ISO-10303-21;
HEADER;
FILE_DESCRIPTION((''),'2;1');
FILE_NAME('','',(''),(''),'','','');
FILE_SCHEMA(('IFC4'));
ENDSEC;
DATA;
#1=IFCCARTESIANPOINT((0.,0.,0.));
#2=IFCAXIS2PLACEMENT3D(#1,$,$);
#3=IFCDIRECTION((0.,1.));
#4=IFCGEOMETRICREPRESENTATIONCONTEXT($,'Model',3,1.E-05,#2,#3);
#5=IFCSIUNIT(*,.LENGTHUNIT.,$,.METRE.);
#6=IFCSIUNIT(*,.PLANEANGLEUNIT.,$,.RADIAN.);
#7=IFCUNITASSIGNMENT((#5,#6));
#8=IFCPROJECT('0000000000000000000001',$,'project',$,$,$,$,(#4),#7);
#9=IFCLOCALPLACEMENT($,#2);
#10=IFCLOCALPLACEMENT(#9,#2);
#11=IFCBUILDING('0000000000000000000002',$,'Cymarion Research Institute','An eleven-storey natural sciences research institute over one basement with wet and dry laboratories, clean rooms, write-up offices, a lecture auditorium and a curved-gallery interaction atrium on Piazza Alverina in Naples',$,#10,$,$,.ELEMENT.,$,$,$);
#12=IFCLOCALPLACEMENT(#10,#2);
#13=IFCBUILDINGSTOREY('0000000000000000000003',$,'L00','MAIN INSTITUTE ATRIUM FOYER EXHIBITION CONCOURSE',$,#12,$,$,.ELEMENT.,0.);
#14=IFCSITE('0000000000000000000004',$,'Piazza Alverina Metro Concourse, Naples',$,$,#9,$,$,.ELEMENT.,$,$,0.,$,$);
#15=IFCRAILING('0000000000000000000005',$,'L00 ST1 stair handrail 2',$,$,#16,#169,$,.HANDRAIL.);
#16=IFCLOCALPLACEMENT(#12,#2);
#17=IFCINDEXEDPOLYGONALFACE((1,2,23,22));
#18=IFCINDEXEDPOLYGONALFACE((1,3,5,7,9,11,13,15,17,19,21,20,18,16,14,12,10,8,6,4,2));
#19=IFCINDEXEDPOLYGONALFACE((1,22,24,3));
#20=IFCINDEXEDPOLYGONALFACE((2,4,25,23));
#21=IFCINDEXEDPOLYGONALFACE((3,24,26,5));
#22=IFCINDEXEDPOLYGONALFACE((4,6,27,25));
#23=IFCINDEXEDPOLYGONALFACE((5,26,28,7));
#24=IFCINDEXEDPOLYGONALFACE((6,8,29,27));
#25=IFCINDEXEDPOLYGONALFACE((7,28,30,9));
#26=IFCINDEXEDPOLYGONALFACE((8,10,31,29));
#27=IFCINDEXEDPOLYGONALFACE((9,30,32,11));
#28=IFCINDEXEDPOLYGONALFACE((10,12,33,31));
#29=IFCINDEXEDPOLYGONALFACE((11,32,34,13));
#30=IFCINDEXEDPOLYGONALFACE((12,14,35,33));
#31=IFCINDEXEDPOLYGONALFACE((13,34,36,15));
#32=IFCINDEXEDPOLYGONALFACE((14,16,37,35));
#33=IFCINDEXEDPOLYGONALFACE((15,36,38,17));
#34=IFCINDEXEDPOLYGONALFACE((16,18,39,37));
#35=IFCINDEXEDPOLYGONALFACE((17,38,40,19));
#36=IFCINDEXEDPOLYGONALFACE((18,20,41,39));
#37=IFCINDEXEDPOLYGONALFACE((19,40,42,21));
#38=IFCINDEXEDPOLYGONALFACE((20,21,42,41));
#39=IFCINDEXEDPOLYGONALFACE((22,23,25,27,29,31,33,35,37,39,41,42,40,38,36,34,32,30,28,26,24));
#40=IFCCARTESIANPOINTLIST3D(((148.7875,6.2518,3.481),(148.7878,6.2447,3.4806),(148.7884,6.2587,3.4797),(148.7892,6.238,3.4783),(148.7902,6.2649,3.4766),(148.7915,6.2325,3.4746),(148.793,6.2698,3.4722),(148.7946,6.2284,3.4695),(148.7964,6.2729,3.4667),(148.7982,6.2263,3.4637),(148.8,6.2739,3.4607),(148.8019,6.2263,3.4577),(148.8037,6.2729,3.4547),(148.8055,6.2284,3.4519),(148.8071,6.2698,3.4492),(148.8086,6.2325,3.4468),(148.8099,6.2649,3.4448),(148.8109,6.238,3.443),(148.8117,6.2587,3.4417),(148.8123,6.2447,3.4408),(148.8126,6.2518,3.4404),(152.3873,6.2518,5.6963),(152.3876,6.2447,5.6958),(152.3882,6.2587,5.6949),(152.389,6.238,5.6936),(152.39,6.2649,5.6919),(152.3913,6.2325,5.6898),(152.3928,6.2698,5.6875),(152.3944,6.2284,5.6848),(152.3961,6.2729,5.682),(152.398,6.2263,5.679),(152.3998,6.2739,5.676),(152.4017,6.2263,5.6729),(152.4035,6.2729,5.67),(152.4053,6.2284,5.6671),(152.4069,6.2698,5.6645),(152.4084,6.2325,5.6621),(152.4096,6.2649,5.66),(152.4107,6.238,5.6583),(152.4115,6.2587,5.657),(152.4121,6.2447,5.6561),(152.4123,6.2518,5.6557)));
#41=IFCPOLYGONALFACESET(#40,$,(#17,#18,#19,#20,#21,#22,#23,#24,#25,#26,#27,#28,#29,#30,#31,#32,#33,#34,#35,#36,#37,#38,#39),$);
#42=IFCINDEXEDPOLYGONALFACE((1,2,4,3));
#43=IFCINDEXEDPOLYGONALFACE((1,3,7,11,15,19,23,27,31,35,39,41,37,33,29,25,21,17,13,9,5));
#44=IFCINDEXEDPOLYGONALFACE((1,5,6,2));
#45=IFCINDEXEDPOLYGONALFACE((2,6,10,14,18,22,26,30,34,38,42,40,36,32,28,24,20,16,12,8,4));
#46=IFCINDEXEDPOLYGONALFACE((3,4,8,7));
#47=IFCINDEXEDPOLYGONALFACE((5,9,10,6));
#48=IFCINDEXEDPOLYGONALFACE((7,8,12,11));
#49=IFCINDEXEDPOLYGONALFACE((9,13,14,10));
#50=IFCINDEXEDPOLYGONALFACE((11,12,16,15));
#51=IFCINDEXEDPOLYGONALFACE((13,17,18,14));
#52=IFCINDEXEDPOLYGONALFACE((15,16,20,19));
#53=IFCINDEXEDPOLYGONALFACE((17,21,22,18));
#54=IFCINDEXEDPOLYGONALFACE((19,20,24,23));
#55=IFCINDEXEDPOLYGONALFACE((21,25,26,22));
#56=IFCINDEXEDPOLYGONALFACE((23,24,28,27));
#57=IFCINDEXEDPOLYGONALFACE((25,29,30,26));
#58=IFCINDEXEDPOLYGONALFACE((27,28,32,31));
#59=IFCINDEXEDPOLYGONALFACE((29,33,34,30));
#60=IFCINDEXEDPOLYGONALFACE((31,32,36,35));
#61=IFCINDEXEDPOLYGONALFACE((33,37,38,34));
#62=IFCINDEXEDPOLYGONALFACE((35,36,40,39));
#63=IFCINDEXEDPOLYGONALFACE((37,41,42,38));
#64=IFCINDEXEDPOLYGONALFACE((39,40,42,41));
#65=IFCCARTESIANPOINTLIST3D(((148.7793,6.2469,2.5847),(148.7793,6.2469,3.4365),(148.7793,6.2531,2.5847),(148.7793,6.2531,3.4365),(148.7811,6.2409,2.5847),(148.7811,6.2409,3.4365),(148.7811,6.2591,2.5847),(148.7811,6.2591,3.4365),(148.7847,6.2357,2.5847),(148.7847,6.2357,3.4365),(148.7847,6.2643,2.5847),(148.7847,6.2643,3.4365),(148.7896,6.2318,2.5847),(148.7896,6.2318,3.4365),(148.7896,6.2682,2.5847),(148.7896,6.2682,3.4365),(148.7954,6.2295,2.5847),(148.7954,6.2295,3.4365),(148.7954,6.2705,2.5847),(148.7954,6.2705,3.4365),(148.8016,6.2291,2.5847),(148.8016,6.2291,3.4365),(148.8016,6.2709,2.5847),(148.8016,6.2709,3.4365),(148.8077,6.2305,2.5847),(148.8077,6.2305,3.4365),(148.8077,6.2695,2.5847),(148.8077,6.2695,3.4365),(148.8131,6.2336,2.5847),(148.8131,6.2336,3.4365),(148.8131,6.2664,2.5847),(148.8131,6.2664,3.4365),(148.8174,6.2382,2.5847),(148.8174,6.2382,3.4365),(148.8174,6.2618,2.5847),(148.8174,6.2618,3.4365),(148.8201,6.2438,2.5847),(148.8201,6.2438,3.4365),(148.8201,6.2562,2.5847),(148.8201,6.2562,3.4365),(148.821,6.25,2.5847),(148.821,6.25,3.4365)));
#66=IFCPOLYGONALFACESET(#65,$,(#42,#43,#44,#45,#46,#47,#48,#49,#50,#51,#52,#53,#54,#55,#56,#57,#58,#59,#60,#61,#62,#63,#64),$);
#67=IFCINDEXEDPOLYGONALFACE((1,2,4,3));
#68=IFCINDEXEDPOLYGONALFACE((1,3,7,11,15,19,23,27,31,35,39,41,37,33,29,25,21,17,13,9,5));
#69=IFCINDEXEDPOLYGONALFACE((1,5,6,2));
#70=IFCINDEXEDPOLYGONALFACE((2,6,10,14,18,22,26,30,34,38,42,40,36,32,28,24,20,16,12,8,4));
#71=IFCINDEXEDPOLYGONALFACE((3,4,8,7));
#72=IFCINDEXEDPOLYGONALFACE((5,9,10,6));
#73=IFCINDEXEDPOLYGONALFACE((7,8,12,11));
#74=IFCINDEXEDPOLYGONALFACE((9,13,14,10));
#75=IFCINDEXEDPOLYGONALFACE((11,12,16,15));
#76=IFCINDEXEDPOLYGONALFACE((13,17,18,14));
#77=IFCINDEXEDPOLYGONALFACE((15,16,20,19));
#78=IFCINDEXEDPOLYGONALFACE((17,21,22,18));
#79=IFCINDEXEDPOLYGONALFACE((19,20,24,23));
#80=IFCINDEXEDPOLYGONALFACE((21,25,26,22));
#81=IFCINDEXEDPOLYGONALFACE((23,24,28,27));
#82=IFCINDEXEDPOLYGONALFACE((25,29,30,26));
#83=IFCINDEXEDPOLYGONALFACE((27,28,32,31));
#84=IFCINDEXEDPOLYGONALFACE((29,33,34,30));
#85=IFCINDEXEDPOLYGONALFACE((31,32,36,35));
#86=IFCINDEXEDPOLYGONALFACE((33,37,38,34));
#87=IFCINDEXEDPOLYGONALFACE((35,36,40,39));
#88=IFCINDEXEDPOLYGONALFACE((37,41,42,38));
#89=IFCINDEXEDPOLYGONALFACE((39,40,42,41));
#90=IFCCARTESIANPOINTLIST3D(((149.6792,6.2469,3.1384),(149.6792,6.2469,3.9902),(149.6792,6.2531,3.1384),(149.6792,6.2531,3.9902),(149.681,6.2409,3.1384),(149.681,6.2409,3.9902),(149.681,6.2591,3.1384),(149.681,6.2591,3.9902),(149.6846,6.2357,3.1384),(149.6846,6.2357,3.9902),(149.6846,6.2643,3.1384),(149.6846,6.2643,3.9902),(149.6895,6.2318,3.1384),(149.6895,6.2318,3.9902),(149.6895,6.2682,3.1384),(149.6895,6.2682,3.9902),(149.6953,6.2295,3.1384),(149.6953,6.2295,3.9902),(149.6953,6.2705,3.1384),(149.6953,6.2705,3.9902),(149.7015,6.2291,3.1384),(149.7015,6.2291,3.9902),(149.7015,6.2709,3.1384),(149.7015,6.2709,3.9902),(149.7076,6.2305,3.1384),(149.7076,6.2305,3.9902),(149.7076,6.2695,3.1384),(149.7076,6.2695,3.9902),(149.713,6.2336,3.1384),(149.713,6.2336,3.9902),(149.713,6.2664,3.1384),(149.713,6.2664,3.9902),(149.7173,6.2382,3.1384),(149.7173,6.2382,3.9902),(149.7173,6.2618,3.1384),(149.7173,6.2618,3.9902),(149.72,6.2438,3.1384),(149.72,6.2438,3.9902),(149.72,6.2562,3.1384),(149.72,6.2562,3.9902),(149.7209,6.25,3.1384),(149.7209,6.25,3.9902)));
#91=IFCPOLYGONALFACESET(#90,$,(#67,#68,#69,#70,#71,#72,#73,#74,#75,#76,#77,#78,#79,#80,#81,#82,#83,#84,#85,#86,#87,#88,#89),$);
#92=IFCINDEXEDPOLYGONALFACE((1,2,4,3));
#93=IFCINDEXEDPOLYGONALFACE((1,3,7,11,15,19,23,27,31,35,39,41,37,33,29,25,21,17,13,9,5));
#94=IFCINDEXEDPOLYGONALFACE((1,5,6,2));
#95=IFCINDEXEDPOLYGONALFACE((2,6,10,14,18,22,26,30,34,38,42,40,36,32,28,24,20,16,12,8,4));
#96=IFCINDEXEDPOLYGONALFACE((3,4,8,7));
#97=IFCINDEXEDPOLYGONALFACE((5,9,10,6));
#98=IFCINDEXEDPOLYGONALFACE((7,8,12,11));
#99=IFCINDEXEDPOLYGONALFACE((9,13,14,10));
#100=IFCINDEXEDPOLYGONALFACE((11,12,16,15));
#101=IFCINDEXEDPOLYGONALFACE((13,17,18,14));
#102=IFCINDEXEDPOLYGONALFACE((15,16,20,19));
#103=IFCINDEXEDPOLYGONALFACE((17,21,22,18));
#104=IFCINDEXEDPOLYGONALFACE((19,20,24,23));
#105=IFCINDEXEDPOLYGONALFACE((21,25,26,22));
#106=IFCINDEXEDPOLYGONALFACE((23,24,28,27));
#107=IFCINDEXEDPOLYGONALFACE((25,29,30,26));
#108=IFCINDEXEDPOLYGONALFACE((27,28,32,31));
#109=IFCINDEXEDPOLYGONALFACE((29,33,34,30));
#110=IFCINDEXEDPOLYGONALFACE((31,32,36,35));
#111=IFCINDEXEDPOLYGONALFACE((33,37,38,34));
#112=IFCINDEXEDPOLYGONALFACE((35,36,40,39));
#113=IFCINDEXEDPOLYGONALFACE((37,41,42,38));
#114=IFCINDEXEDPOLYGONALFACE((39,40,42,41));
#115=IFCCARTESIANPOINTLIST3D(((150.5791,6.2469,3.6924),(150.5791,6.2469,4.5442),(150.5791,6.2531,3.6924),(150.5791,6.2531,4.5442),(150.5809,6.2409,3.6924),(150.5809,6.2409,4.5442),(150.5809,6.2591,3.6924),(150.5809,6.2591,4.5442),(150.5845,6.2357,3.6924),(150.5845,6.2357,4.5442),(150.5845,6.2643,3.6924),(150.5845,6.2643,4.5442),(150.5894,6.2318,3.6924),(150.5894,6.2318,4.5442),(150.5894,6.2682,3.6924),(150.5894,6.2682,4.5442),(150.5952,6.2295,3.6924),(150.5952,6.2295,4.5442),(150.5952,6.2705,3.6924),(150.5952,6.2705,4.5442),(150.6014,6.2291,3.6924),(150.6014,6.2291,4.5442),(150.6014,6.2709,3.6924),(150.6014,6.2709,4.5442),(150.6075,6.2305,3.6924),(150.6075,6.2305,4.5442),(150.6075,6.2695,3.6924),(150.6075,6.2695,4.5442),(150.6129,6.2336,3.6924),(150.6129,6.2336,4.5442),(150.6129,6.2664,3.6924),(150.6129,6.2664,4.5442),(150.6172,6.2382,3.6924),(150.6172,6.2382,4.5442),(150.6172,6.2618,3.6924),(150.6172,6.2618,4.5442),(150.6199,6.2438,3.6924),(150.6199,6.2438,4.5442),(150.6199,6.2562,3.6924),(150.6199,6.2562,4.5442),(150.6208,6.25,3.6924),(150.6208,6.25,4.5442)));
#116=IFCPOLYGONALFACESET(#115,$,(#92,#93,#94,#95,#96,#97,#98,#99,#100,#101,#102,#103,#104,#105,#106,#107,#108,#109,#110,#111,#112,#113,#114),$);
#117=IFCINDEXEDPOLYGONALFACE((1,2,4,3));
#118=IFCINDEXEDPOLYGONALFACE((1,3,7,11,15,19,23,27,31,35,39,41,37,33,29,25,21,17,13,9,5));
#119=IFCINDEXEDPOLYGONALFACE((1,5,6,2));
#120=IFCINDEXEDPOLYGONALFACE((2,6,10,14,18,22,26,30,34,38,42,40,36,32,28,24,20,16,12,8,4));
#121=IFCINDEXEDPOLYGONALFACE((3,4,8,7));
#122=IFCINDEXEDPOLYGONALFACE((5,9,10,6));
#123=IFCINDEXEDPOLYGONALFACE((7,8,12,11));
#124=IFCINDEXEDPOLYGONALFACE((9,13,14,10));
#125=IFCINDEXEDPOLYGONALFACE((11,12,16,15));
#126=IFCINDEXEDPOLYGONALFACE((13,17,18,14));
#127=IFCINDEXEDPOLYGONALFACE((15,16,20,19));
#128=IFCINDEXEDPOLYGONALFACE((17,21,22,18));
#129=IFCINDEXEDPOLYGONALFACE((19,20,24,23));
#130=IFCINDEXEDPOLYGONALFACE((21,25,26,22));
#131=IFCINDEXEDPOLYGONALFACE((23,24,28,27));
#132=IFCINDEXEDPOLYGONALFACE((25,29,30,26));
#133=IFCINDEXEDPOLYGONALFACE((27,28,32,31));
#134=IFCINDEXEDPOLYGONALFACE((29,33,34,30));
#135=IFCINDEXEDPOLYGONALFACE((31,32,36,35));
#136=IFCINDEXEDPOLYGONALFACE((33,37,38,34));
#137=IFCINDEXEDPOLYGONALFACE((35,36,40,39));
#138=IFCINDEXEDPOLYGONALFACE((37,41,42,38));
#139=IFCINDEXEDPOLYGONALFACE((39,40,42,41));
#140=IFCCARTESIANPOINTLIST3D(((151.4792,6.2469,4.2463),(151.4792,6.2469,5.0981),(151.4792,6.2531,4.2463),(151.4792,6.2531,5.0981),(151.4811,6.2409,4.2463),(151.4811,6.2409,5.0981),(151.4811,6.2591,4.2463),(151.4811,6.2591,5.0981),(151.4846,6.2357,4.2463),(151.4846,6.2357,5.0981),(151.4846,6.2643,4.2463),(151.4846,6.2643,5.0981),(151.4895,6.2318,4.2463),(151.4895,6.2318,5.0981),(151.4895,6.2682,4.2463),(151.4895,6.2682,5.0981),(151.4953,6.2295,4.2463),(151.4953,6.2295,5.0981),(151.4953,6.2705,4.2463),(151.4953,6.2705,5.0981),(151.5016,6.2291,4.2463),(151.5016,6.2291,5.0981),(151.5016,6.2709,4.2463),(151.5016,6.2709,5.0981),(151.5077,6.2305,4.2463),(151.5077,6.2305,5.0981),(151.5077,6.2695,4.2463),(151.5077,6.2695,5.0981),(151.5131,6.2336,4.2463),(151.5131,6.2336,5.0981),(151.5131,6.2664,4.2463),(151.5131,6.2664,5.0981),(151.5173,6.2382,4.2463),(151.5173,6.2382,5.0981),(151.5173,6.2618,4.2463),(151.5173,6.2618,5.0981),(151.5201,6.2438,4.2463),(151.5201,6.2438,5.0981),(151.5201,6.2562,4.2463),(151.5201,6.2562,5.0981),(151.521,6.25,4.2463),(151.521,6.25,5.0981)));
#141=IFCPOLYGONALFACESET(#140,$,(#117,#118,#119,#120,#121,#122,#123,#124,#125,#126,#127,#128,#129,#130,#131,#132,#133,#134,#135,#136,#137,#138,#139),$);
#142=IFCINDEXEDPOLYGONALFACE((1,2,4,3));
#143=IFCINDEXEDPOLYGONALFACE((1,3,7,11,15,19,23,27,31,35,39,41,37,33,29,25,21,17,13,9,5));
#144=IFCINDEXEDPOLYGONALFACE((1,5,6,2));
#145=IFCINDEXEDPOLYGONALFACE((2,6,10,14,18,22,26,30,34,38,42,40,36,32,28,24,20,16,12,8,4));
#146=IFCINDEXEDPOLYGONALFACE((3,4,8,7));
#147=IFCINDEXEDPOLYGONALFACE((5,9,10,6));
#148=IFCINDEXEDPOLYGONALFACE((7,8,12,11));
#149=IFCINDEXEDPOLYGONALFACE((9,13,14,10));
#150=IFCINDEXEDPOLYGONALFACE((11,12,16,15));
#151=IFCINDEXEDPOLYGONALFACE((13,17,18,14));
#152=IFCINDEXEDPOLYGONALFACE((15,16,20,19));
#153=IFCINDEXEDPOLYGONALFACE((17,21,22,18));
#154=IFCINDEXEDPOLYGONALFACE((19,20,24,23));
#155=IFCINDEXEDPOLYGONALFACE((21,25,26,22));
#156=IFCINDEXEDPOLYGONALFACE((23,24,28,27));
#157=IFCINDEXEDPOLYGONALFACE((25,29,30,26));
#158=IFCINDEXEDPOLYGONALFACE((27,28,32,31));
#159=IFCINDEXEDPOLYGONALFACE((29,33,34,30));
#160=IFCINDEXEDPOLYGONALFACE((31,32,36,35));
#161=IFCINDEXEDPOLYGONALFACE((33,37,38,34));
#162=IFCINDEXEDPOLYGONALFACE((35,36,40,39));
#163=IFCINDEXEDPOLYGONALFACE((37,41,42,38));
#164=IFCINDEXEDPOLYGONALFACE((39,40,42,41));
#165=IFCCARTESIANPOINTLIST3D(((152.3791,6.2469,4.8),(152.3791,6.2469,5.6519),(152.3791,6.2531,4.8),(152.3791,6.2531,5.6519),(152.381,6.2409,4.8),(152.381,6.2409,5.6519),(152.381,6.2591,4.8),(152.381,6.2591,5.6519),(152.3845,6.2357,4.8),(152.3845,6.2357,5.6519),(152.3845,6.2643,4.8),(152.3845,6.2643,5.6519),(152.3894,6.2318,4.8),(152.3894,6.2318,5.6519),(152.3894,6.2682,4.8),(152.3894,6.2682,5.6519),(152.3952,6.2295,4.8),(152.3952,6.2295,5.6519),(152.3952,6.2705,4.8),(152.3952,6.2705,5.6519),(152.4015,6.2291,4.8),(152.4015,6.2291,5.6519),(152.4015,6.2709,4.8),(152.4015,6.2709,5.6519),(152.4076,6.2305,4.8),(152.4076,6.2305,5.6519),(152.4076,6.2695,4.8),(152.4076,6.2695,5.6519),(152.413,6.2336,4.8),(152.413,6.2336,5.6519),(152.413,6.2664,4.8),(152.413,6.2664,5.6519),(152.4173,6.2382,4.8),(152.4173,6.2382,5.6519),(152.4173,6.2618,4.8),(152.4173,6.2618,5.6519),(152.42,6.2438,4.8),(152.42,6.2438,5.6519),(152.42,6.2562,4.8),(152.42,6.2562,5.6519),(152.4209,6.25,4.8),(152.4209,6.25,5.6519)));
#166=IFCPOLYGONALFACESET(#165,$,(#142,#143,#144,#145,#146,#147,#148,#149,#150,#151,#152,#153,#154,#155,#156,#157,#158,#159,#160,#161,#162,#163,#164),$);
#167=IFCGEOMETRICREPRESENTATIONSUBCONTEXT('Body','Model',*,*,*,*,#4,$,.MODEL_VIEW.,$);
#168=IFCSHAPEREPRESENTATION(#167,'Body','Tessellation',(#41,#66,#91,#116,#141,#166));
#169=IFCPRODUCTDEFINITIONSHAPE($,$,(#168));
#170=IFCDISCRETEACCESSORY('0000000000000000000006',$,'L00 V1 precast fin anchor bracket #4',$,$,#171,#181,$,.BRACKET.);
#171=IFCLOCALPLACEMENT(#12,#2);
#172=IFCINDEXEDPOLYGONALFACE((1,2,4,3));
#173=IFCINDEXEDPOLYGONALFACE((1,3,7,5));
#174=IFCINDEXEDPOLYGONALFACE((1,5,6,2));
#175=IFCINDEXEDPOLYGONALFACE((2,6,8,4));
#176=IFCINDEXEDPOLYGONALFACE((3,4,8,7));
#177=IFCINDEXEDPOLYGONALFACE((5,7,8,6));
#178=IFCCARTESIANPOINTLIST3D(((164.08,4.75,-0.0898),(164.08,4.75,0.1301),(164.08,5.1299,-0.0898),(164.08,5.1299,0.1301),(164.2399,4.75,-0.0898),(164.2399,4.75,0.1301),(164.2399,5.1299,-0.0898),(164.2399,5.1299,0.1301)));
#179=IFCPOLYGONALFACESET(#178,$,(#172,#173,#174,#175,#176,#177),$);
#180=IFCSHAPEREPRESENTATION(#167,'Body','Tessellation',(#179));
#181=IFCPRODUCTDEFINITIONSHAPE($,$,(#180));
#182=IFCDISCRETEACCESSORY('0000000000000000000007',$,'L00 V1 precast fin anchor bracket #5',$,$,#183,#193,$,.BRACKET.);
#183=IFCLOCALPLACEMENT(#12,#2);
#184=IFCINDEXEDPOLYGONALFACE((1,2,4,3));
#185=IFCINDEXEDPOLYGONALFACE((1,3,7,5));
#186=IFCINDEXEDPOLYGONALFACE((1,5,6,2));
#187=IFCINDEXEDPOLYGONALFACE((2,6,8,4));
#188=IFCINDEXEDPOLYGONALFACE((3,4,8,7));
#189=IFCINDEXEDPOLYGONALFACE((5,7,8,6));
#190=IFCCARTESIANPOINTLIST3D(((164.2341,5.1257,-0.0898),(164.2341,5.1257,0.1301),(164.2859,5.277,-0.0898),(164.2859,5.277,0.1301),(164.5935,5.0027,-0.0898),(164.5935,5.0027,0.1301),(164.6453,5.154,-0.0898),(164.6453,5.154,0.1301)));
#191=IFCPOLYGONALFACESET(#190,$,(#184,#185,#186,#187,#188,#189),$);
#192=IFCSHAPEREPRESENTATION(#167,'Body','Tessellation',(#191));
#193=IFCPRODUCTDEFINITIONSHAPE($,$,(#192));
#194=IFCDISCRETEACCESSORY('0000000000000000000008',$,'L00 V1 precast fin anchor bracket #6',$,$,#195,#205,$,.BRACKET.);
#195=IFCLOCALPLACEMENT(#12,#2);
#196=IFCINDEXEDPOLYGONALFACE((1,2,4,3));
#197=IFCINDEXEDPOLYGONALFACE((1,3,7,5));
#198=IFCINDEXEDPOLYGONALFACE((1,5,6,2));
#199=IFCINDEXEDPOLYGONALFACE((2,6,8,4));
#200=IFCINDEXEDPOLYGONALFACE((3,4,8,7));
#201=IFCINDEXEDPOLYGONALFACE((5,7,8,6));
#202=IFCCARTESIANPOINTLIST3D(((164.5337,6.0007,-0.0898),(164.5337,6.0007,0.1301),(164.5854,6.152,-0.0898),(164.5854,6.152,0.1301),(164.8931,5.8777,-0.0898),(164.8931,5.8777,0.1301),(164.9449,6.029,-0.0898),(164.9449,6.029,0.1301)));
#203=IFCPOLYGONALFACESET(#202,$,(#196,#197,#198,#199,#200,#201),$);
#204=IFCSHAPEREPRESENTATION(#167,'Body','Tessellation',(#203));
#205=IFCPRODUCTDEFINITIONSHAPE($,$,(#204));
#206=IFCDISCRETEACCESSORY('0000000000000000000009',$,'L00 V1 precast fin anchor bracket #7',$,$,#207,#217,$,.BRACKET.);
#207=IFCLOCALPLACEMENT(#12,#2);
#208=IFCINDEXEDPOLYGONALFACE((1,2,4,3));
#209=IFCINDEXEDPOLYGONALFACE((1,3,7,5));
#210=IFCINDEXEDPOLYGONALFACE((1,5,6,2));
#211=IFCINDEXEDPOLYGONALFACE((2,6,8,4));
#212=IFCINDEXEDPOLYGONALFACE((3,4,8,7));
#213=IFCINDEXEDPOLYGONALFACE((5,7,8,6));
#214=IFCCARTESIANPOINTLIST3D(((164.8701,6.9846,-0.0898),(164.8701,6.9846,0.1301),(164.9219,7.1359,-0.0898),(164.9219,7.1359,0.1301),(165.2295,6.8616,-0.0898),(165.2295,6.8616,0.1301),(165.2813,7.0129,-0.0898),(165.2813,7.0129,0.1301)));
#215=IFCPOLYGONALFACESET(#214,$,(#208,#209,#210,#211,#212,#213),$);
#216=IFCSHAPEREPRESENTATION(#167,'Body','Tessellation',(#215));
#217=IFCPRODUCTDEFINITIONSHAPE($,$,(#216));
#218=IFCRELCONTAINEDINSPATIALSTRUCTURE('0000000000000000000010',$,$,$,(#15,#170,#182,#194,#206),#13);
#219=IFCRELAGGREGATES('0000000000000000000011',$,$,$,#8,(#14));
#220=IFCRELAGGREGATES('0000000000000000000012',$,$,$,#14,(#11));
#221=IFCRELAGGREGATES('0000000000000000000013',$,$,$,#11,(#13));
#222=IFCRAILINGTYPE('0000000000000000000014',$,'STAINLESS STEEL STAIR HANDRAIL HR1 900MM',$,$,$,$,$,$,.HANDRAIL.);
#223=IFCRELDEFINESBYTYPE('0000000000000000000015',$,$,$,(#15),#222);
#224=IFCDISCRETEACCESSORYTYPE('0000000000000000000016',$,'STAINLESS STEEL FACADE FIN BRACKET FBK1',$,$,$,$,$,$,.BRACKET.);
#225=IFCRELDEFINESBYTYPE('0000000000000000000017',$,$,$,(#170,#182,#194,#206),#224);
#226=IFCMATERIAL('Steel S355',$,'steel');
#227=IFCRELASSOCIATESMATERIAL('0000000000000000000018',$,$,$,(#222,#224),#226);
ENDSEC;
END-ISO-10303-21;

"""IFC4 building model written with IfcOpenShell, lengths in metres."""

from ifc_helpers import new_model, si_unit, direction, frame, origin, origin_2d, place, context, subcontext, project, spatial, rectangle, circle, extrude, material, type_object, element, save


model = new_model("IFC4")

# Units and contexts
model_context = context("Model", 3, precision=1e-05, world=origin(), true_north=direction((0.0, 1.0)))
body_context = subcontext(model_context, "Body", "Model", "MODEL_VIEW")
ifc_project = project(units=[si_unit("LENGTHUNIT", "METRE"), si_unit("PLANEANGLEUNIT", "RADIAN")], contexts=[model_context])

# Site, building, storey
site_placement = place(None, origin())
site = spatial("IfcSite", under=ifc_project, at=site_placement, Name="Piazza Alverina Metro Concourse, Naples", CompositionType="ELEMENT", RefElevation=0.0)
building_placement = place(site_placement, origin())
building = spatial("IfcBuilding", under=site, at=building_placement, Name="Cymarion Research Institute", Description="An eleven-storey natural sciences research institute over one basement with wet and dry laboratories, clean rooms, write-up offices, a lecture auditorium and a curved-gallery interaction atrium on Piazza Alverina in Naples", CompositionType="ELEMENT")
storey_placement = place(building_placement, origin())
storey = spatial("IfcBuildingStorey", under=building, at=storey_placement, Name="L00", Description="MAIN INSTITUTE ATRIUM FOYER EXHIBITION CONCOURSE", CompositionType="ELEMENT", Elevation=0.0)

# Shared definitions
ifc_material_1 = material(Name="Steel S355", Category="steel")

# Railing
railing_type_1 = type_object("IfcRailingType", Name="STAINLESS STEEL STAIR HANDRAIL HR1 900MM", PredefinedType="HANDRAIL", material=ifc_material_1)
railing_1_placement = place(storey_placement, frame((148.8, 6.25, 2.5847)))
element("IfcRailing", 1, at=railing_1_placement, inside=storey, type_object=railing_type_1, Name="L00 ST1 stair handrail 2", PredefinedType="HANDRAIL", context=body_context, shape_type="SweptSolid", body=[
    extrude(circle(Radius=0.0239, at=origin_2d()), frame((0.0, 0.0, 0.876), z_axis=(0.851654, 0.0, 0.524104), x_axis=(0.0, 1.0, 0.0)), (0.0, 0.0, 1.0), 4.2268),
    extrude(circle(Radius=0.021, at=origin_2d()), origin(), (0.0, 0.0, 1.0), 0.8518),
    extrude(circle(Radius=0.021, at=origin_2d()), frame((0.8999, 0.0, 0.5537)), (0.0, 0.0, 1.0), 0.8518),
    extrude(circle(Radius=0.021, at=origin_2d()), frame((1.7998, 0.0, 1.1077)), (0.0, 0.0, 1.0), 0.8518),
    extrude(circle(Radius=0.021, at=origin_2d()), frame((2.7, 0.0, 1.6616)), (0.0, 0.0, 1.0), 0.8518),
    extrude(circle(Radius=0.021, at=origin_2d()), frame((3.5999, 0.0, 2.2153)), (0.0, 0.0, 1.0), 0.8518),
])

# Discrete accessories
discrete_accessory_type = type_object("IfcDiscreteAccessoryType", Name="STAINLESS STEEL FACADE FIN BRACKET FBK1", PredefinedType="BRACKET", material=ifc_material_1)
for number, where, z_axis, x_axis, name in (
    (2, (164.1599, 4.9399, -0.0898), (0.0, 0.0, 1.0), (0.0, -1.0, 0.0), "L00 V1 precast fin anchor bracket #4"),
    (3, (164.4397, 5.1399, -0.0898), (0.0, 0.0, 1.0), (0.946142, -0.323752, 0.0), "L00 V1 precast fin anchor bracket #5"),
    (4, (164.7393, 6.0149, -0.0898), (0.0, 0.0, 1.0), (0.946142, -0.323752, 0.0), "L00 V1 precast fin anchor bracket #6"),
    (5, (165.0757, 6.9988, -0.0898), (0.0, 0.0, 1.0), (0.946142, -0.323752, 0.0), "L00 V1 precast fin anchor bracket #7"),
):
    element("IfcDiscreteAccessory", number, at=place(storey_placement, frame(where, z_axis=z_axis, x_axis=x_axis)), inside=storey, type_object=discrete_accessory_type, Name=name, PredefinedType="BRACKET", context=body_context, shape_type="SweptSolid", body=[
        extrude(rectangle(XDim=0.3799, YDim=0.1599, at=origin_2d()), origin(), (0.0, 0.0, 1.0), 0.22),
    ])

save(model, "model.ifc")
